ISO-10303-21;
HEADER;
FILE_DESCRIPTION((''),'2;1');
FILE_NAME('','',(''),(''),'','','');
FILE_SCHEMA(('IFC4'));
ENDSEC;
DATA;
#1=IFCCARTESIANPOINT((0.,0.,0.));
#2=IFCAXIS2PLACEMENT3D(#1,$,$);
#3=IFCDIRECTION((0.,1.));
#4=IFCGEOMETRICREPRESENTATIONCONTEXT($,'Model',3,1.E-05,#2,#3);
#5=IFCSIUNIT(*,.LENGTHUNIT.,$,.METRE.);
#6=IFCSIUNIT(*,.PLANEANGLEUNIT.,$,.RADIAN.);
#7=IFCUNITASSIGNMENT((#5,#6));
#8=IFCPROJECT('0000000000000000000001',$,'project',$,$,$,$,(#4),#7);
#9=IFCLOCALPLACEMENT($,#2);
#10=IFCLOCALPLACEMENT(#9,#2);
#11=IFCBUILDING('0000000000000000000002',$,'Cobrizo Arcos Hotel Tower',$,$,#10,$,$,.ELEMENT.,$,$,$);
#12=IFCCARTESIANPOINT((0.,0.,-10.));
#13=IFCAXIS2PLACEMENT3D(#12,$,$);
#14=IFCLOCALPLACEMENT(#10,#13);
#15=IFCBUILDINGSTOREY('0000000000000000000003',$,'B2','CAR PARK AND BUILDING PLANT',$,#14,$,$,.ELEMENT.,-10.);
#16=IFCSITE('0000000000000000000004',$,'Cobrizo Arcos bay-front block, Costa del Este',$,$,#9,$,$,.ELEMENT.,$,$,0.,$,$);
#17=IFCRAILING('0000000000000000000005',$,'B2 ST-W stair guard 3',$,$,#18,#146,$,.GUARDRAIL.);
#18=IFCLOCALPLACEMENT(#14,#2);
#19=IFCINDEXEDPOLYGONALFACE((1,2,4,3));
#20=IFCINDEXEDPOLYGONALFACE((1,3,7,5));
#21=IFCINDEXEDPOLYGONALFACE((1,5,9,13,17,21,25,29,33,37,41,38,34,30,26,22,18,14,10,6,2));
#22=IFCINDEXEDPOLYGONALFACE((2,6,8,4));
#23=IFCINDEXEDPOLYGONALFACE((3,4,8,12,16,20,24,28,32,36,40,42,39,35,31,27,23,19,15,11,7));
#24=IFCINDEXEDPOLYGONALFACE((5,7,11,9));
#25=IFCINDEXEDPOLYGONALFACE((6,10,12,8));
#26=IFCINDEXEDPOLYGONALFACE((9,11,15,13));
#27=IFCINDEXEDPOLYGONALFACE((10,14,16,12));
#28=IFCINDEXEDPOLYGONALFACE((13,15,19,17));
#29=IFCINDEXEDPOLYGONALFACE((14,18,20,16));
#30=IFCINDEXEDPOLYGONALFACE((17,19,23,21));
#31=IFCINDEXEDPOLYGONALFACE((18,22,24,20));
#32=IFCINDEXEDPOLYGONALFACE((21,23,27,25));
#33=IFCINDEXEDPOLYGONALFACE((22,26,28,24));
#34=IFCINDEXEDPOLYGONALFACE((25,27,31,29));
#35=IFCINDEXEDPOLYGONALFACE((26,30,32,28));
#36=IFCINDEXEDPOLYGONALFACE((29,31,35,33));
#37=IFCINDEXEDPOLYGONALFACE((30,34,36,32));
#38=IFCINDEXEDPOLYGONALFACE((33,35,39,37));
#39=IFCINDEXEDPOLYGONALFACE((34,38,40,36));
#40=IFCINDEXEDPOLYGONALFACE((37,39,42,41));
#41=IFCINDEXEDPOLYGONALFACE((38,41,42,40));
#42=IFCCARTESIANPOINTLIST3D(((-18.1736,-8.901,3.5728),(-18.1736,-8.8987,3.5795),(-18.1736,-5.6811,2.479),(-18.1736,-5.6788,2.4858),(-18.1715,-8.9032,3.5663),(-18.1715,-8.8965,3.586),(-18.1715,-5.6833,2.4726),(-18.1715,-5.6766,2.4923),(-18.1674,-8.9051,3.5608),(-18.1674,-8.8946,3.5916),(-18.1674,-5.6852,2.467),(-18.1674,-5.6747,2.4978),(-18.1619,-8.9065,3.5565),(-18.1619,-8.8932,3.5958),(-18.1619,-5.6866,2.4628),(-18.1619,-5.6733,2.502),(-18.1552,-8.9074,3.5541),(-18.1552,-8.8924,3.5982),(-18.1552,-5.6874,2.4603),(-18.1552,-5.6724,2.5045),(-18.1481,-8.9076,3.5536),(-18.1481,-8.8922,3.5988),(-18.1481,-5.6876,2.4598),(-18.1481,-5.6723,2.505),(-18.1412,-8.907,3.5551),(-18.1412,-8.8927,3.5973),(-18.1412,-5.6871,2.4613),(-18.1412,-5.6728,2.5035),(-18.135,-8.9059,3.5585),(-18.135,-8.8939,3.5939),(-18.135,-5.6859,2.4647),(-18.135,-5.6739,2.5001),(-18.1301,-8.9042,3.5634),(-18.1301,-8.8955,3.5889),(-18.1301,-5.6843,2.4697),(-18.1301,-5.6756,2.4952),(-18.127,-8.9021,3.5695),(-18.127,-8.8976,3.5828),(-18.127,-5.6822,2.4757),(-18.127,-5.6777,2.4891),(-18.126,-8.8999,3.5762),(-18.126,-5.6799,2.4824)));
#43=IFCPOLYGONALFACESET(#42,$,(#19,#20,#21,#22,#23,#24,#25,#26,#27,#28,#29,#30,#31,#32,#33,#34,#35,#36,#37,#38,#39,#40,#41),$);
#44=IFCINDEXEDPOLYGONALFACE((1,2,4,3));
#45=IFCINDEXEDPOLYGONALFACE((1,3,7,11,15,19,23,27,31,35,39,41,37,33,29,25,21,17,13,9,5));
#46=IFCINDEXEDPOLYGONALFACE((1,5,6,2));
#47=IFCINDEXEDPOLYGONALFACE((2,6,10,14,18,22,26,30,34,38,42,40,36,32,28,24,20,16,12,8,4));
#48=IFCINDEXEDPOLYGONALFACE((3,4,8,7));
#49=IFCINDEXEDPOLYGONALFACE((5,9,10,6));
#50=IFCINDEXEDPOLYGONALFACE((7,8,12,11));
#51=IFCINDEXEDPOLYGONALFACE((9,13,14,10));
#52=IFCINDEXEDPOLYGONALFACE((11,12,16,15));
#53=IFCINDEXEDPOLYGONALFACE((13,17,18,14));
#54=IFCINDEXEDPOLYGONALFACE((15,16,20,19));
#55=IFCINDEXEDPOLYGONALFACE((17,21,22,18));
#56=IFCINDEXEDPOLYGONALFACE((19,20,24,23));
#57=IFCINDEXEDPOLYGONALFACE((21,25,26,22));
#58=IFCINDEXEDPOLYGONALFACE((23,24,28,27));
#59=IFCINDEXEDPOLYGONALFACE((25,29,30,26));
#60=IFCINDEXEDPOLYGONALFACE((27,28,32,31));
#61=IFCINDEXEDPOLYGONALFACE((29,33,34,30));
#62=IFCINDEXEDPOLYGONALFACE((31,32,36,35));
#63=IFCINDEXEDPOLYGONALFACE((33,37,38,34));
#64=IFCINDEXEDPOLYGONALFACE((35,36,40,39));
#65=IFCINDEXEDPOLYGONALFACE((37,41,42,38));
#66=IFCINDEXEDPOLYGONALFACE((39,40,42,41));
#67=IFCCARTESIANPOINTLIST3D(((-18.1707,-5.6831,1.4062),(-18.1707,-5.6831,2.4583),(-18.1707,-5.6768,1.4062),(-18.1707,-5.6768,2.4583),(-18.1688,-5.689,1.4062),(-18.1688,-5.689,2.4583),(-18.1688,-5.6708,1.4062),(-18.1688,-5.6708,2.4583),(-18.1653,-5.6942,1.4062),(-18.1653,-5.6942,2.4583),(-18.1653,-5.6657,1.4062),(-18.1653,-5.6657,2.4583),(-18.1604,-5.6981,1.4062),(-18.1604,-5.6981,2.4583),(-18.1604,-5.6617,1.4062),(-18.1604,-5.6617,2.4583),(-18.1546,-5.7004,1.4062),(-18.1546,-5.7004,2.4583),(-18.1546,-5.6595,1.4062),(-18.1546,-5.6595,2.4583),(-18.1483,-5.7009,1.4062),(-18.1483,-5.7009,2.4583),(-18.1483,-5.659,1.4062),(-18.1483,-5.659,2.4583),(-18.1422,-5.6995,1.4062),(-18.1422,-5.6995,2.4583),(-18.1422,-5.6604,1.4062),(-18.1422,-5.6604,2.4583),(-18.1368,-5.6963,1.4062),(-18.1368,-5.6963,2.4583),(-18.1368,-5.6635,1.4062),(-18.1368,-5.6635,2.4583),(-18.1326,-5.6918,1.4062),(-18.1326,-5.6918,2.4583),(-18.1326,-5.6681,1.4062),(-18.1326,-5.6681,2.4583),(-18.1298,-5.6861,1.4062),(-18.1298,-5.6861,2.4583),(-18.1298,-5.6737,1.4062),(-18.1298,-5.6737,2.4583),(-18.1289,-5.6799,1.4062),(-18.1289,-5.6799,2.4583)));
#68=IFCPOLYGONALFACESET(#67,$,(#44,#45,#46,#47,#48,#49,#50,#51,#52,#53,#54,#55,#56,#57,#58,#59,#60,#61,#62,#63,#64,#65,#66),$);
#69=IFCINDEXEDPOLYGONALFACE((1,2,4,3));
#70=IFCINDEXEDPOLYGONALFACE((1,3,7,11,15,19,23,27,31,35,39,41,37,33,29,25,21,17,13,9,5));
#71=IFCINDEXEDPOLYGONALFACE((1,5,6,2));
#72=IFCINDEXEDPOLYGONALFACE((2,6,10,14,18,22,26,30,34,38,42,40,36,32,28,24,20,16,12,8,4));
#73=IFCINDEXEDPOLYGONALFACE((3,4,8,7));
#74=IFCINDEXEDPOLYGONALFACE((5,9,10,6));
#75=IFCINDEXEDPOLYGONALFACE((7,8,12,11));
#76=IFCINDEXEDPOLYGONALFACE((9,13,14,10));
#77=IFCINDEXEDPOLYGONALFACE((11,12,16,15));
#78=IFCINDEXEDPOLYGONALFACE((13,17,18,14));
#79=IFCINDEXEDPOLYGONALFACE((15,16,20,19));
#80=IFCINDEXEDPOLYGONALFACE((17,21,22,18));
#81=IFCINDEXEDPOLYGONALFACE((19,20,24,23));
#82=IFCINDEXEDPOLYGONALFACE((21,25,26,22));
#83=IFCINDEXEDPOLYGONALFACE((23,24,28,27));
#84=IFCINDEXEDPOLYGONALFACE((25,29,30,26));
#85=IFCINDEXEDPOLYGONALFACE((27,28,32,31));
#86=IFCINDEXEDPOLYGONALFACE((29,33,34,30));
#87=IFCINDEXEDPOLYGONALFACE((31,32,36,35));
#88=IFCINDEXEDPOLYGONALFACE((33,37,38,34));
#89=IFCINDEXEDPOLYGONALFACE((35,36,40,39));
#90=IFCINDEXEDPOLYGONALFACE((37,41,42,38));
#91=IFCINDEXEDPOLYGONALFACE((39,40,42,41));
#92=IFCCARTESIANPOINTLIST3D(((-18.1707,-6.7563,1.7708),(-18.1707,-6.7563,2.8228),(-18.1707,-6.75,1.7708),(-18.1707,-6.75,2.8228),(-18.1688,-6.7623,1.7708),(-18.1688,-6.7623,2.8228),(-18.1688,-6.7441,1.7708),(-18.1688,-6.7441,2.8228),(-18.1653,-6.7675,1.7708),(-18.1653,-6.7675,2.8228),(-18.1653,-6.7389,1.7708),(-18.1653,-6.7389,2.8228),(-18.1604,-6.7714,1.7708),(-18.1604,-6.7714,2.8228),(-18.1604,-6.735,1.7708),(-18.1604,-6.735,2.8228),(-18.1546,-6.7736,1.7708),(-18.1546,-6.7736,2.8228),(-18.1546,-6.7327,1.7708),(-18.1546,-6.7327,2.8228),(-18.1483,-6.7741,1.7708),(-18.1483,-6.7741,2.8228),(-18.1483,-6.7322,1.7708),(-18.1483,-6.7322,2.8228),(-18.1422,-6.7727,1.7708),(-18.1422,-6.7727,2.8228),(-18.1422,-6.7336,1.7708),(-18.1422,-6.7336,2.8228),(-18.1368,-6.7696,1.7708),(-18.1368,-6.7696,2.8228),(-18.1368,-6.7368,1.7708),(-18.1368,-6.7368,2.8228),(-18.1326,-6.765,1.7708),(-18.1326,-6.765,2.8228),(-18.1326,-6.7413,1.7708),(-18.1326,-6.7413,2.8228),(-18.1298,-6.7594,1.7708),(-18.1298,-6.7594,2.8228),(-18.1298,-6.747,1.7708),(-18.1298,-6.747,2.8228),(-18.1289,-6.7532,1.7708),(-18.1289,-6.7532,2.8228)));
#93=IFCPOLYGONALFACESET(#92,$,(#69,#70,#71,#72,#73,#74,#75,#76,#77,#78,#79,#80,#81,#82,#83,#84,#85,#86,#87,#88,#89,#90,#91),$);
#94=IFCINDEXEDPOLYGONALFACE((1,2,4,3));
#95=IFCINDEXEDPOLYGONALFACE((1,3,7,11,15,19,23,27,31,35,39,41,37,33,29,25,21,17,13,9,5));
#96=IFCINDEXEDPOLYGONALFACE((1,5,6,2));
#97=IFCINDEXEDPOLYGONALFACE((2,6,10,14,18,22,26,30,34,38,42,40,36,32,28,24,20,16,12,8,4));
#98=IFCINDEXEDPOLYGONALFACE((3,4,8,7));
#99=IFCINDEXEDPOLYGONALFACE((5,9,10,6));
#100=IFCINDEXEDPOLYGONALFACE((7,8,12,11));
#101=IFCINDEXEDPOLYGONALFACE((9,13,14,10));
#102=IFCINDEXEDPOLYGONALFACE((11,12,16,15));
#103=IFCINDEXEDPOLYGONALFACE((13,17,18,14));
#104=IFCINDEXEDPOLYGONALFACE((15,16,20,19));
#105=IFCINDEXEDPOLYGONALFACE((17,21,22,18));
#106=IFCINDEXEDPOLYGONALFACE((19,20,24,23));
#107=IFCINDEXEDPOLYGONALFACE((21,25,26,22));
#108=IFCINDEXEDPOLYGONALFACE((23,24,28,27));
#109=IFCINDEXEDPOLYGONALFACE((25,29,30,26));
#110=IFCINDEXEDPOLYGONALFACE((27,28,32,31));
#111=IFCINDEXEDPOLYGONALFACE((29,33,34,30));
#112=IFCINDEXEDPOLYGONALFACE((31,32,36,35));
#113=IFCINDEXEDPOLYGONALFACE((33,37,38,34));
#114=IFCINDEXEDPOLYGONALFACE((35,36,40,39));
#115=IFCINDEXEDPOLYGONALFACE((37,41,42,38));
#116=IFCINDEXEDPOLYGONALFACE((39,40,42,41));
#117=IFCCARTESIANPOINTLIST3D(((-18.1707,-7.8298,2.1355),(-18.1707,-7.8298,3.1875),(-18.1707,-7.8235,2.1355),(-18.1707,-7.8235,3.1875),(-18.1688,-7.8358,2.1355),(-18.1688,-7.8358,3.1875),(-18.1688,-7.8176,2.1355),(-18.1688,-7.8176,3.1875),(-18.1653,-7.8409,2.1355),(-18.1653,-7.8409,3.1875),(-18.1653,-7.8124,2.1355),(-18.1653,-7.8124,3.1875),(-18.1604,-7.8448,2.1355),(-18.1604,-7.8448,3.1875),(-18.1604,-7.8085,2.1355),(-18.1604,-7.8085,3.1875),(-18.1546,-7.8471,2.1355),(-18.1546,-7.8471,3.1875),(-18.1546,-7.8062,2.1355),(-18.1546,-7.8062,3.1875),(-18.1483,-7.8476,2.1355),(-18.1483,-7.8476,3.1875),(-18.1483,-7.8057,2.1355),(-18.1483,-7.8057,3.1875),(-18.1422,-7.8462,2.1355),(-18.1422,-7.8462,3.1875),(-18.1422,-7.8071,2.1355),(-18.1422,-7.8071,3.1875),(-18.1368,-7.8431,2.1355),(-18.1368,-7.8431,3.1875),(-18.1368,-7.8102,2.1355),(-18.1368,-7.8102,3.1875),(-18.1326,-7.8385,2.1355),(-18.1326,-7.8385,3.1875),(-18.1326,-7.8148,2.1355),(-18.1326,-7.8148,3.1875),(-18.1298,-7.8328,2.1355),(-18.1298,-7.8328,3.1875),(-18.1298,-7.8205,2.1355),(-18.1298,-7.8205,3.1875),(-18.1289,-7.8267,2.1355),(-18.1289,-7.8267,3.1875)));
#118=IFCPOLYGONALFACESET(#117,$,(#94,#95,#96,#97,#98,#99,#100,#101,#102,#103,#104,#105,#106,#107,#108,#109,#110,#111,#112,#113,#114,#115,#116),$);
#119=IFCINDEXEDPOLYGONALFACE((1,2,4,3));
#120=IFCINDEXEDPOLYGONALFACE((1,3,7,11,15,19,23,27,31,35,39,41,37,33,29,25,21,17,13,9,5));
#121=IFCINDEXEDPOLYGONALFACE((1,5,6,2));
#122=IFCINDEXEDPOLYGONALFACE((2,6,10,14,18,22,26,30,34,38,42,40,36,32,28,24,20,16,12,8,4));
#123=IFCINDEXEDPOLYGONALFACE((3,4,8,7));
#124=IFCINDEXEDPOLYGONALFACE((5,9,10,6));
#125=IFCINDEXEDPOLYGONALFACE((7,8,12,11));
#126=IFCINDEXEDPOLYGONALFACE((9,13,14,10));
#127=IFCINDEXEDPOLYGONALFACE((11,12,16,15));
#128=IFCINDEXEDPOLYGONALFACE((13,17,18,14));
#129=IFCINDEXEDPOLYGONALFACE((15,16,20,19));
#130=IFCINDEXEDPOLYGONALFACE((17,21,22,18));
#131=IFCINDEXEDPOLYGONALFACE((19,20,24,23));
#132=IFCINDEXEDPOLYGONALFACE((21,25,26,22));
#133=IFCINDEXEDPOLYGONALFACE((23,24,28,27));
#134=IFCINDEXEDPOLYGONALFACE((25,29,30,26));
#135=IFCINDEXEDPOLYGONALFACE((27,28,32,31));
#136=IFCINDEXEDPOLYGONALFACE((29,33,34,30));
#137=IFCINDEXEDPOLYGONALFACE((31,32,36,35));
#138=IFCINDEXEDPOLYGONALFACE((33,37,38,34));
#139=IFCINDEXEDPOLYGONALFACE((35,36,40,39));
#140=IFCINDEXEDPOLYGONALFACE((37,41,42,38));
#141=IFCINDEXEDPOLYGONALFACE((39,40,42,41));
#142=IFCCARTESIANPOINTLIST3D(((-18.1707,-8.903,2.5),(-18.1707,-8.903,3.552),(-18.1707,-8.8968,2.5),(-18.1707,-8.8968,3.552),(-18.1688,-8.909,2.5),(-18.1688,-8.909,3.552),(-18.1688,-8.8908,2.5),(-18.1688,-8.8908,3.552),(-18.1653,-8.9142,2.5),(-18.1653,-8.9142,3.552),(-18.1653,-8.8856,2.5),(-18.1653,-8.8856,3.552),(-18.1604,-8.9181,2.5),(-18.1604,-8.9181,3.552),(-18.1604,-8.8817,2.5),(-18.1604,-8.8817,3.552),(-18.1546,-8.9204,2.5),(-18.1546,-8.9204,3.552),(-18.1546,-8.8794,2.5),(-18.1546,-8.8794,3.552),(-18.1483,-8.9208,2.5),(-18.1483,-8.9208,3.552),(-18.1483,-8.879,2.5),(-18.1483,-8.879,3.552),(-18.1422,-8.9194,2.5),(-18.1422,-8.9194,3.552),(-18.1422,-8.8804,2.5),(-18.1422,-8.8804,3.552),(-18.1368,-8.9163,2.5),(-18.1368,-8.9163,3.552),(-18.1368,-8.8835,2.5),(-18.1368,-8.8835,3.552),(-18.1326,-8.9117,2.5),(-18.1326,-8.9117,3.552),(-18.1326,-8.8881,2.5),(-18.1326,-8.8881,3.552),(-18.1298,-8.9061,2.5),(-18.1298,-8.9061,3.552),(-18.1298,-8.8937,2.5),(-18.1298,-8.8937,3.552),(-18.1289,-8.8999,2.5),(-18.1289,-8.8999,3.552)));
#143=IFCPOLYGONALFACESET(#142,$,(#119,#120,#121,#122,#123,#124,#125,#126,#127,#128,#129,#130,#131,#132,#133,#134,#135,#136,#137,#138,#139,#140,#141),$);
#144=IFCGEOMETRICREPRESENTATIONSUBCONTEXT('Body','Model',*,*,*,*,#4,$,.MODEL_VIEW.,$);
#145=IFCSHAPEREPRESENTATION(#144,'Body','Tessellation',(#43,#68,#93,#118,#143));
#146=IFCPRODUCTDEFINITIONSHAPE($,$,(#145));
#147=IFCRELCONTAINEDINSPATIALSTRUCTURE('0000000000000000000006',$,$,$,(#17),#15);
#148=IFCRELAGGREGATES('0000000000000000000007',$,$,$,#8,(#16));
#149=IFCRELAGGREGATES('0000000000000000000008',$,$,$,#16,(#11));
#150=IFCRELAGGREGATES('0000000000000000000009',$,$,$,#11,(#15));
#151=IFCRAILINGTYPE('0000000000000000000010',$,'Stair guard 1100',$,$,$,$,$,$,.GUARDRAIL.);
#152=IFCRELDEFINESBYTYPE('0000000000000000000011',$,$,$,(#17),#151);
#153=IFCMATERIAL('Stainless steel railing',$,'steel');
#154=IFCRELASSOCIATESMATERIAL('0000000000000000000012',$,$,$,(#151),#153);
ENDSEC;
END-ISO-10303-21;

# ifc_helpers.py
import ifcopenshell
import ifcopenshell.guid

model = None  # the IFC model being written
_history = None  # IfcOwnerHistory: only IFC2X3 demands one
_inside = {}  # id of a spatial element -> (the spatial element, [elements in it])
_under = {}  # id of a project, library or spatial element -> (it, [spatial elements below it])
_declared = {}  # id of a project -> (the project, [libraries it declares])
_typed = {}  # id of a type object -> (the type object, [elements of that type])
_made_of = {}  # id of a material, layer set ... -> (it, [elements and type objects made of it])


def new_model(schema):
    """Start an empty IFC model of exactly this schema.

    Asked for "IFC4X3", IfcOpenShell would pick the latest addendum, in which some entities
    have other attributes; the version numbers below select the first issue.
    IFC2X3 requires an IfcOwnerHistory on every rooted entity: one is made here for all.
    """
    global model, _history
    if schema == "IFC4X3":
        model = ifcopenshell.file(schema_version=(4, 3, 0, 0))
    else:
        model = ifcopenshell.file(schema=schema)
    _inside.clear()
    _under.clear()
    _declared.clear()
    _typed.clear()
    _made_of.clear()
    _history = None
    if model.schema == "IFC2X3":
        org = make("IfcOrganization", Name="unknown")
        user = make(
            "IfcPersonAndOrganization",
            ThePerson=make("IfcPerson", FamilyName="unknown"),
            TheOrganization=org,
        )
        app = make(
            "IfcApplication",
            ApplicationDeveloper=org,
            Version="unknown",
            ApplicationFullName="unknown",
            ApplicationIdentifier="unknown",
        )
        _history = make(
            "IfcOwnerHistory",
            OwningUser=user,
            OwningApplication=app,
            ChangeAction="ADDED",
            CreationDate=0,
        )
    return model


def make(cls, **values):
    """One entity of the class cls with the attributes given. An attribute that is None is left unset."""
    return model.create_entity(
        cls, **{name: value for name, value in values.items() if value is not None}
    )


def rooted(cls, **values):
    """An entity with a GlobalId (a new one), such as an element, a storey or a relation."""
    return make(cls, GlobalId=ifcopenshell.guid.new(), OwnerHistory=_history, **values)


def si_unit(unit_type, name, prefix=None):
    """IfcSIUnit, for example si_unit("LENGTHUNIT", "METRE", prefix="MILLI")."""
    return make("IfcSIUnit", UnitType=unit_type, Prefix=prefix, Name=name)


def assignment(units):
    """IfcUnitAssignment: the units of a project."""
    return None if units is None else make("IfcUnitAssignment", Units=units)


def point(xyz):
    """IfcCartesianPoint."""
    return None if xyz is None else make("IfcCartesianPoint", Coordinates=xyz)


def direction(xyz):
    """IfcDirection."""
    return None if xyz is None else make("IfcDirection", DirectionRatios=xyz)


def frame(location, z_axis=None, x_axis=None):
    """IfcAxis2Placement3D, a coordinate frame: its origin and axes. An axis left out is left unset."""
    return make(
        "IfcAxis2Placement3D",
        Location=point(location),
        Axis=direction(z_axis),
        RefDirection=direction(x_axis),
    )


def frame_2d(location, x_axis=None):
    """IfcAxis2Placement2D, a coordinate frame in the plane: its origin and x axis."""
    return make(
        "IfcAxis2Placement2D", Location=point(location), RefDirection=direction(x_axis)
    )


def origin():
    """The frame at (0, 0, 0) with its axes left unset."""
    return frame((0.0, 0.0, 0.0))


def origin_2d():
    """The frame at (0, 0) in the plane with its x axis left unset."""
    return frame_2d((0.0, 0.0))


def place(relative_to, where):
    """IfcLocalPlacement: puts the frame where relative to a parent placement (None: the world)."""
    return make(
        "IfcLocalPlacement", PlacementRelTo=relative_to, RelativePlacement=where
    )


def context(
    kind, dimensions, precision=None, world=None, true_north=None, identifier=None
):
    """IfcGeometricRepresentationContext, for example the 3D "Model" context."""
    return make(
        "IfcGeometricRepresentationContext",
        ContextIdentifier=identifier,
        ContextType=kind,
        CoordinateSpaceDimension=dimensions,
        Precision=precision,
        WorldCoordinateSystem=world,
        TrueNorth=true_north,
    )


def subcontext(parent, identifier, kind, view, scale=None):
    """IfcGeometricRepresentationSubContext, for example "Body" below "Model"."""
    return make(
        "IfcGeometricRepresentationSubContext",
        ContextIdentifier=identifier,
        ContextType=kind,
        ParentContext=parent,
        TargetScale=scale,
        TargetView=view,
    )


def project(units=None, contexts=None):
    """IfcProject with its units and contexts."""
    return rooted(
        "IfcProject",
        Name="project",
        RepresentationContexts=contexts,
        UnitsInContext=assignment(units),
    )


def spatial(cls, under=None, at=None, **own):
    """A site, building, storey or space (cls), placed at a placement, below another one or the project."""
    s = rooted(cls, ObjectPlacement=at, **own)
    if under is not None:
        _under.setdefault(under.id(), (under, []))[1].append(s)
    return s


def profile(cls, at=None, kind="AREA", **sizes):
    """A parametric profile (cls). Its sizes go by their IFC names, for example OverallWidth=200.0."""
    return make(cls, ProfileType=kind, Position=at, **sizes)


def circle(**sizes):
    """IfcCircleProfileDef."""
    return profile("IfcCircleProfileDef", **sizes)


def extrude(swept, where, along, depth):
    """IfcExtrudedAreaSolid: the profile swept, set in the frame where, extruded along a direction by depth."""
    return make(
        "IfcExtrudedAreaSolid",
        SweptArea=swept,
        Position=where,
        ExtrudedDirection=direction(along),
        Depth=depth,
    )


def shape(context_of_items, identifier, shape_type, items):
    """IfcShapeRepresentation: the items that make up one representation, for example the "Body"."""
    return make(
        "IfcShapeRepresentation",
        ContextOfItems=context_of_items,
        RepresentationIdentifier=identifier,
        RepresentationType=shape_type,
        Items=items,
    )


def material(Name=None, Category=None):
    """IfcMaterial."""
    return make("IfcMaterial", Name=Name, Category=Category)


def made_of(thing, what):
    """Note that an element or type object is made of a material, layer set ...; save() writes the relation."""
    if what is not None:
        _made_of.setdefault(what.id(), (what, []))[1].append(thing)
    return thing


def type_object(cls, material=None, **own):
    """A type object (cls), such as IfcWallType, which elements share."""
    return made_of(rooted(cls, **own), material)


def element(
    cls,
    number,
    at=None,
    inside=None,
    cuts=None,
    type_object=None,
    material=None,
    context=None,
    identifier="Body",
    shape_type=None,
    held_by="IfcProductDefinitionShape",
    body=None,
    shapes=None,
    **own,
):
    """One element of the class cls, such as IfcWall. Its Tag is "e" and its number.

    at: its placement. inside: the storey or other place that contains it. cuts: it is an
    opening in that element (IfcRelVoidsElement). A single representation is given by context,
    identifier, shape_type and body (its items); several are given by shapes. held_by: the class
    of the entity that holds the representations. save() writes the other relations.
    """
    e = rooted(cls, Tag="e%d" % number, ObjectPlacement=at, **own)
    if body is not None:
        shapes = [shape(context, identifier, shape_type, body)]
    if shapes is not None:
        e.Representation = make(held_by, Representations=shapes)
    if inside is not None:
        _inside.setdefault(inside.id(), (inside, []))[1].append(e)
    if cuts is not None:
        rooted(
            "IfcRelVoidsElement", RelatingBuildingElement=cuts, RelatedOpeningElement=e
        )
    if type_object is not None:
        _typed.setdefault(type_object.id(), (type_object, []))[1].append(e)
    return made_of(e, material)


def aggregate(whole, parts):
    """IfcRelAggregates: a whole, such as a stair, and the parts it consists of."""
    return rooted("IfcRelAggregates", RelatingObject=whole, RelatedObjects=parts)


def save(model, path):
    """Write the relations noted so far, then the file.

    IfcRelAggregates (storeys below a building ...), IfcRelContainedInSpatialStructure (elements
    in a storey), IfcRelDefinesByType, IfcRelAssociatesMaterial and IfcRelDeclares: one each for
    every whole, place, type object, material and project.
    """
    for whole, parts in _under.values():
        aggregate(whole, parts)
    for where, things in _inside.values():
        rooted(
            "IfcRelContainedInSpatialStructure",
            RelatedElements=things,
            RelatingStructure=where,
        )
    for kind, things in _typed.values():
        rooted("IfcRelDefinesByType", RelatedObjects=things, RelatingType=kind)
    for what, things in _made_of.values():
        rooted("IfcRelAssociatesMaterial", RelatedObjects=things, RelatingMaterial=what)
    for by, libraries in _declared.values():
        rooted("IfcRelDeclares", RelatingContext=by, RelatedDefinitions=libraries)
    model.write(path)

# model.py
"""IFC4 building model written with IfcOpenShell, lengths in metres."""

from ifc_helpers import new_model, si_unit, direction, frame, origin, origin_2d, place, context, subcontext, project, spatial, circle, extrude, material, type_object, element, save


model = new_model("IFC4")

# Units and contexts
model_context = context("Model", 3, precision=1e-05, world=origin(), true_north=direction((0.0, 1.0)))
body_context = subcontext(model_context, "Body", "Model", "MODEL_VIEW")
ifc_project = project(units=[si_unit("LENGTHUNIT", "METRE"), si_unit("PLANEANGLEUNIT", "RADIAN")], contexts=[model_context])

# Site, building, storey
site_placement = place(None, origin())
site = spatial("IfcSite", under=ifc_project, at=site_placement, Name="Cobrizo Arcos bay-front block, Costa del Este", CompositionType="ELEMENT", RefElevation=0.0)
building_placement = place(site_placement, origin())
building = spatial("IfcBuilding", under=site, at=building_placement, Name="Cobrizo Arcos Hotel Tower", CompositionType="ELEMENT")
storey_placement = place(building_placement, frame((0.0, 0.0, -10.0)))
storey = spatial("IfcBuildingStorey", under=building, at=storey_placement, Name="B2", Description="CAR PARK AND BUILDING PLANT", CompositionType="ELEMENT", Elevation=-10.0)

# Railing
ifc_material_1 = material(Name="Stainless steel railing", Category="steel")
railing_type_1 = type_object("IfcRailingType", Name="Stair guard 1100", PredefinedType="GUARDRAIL", material=ifc_material_1)
railing_1_placement = place(storey_placement, frame((-18.1499, -5.6799, 1.4062)))
element("IfcRailing", 1, at=railing_1_placement, inside=storey, type_object=railing_type_1, Name="B2 ST-W stair guard 3", PredefinedType="GUARDRAIL", context=body_context, shape_type="SweptSolid", body=[
    extrude(circle(Radius=0.0239, at=origin_2d()), frame((0.0, 0.0, 1.0762), z_axis=(0.0, -0.946866, 0.321629), x_axis=(1.0, 0.0, 0.0)), (0.0, 0.0, 1.0), 3.4006),
    extrude(circle(Radius=0.021, at=origin_2d()), origin(), (0.0, 0.0, 1.0), 1.052),
    extrude(circle(Radius=0.021, at=origin_2d()), frame((0.0, -1.0732, 0.3645)), (0.0, 0.0, 1.0), 1.052),
    extrude(circle(Radius=0.021, at=origin_2d()), frame((0.0, -2.1467, 0.7292)), (0.0, 0.0, 1.0), 1.052),
    extrude(circle(Radius=0.021, at=origin_2d()), frame((0.0, -3.22, 1.0938)), (0.0, 0.0, 1.0), 1.052),
])

save(model, "model.ifc")
